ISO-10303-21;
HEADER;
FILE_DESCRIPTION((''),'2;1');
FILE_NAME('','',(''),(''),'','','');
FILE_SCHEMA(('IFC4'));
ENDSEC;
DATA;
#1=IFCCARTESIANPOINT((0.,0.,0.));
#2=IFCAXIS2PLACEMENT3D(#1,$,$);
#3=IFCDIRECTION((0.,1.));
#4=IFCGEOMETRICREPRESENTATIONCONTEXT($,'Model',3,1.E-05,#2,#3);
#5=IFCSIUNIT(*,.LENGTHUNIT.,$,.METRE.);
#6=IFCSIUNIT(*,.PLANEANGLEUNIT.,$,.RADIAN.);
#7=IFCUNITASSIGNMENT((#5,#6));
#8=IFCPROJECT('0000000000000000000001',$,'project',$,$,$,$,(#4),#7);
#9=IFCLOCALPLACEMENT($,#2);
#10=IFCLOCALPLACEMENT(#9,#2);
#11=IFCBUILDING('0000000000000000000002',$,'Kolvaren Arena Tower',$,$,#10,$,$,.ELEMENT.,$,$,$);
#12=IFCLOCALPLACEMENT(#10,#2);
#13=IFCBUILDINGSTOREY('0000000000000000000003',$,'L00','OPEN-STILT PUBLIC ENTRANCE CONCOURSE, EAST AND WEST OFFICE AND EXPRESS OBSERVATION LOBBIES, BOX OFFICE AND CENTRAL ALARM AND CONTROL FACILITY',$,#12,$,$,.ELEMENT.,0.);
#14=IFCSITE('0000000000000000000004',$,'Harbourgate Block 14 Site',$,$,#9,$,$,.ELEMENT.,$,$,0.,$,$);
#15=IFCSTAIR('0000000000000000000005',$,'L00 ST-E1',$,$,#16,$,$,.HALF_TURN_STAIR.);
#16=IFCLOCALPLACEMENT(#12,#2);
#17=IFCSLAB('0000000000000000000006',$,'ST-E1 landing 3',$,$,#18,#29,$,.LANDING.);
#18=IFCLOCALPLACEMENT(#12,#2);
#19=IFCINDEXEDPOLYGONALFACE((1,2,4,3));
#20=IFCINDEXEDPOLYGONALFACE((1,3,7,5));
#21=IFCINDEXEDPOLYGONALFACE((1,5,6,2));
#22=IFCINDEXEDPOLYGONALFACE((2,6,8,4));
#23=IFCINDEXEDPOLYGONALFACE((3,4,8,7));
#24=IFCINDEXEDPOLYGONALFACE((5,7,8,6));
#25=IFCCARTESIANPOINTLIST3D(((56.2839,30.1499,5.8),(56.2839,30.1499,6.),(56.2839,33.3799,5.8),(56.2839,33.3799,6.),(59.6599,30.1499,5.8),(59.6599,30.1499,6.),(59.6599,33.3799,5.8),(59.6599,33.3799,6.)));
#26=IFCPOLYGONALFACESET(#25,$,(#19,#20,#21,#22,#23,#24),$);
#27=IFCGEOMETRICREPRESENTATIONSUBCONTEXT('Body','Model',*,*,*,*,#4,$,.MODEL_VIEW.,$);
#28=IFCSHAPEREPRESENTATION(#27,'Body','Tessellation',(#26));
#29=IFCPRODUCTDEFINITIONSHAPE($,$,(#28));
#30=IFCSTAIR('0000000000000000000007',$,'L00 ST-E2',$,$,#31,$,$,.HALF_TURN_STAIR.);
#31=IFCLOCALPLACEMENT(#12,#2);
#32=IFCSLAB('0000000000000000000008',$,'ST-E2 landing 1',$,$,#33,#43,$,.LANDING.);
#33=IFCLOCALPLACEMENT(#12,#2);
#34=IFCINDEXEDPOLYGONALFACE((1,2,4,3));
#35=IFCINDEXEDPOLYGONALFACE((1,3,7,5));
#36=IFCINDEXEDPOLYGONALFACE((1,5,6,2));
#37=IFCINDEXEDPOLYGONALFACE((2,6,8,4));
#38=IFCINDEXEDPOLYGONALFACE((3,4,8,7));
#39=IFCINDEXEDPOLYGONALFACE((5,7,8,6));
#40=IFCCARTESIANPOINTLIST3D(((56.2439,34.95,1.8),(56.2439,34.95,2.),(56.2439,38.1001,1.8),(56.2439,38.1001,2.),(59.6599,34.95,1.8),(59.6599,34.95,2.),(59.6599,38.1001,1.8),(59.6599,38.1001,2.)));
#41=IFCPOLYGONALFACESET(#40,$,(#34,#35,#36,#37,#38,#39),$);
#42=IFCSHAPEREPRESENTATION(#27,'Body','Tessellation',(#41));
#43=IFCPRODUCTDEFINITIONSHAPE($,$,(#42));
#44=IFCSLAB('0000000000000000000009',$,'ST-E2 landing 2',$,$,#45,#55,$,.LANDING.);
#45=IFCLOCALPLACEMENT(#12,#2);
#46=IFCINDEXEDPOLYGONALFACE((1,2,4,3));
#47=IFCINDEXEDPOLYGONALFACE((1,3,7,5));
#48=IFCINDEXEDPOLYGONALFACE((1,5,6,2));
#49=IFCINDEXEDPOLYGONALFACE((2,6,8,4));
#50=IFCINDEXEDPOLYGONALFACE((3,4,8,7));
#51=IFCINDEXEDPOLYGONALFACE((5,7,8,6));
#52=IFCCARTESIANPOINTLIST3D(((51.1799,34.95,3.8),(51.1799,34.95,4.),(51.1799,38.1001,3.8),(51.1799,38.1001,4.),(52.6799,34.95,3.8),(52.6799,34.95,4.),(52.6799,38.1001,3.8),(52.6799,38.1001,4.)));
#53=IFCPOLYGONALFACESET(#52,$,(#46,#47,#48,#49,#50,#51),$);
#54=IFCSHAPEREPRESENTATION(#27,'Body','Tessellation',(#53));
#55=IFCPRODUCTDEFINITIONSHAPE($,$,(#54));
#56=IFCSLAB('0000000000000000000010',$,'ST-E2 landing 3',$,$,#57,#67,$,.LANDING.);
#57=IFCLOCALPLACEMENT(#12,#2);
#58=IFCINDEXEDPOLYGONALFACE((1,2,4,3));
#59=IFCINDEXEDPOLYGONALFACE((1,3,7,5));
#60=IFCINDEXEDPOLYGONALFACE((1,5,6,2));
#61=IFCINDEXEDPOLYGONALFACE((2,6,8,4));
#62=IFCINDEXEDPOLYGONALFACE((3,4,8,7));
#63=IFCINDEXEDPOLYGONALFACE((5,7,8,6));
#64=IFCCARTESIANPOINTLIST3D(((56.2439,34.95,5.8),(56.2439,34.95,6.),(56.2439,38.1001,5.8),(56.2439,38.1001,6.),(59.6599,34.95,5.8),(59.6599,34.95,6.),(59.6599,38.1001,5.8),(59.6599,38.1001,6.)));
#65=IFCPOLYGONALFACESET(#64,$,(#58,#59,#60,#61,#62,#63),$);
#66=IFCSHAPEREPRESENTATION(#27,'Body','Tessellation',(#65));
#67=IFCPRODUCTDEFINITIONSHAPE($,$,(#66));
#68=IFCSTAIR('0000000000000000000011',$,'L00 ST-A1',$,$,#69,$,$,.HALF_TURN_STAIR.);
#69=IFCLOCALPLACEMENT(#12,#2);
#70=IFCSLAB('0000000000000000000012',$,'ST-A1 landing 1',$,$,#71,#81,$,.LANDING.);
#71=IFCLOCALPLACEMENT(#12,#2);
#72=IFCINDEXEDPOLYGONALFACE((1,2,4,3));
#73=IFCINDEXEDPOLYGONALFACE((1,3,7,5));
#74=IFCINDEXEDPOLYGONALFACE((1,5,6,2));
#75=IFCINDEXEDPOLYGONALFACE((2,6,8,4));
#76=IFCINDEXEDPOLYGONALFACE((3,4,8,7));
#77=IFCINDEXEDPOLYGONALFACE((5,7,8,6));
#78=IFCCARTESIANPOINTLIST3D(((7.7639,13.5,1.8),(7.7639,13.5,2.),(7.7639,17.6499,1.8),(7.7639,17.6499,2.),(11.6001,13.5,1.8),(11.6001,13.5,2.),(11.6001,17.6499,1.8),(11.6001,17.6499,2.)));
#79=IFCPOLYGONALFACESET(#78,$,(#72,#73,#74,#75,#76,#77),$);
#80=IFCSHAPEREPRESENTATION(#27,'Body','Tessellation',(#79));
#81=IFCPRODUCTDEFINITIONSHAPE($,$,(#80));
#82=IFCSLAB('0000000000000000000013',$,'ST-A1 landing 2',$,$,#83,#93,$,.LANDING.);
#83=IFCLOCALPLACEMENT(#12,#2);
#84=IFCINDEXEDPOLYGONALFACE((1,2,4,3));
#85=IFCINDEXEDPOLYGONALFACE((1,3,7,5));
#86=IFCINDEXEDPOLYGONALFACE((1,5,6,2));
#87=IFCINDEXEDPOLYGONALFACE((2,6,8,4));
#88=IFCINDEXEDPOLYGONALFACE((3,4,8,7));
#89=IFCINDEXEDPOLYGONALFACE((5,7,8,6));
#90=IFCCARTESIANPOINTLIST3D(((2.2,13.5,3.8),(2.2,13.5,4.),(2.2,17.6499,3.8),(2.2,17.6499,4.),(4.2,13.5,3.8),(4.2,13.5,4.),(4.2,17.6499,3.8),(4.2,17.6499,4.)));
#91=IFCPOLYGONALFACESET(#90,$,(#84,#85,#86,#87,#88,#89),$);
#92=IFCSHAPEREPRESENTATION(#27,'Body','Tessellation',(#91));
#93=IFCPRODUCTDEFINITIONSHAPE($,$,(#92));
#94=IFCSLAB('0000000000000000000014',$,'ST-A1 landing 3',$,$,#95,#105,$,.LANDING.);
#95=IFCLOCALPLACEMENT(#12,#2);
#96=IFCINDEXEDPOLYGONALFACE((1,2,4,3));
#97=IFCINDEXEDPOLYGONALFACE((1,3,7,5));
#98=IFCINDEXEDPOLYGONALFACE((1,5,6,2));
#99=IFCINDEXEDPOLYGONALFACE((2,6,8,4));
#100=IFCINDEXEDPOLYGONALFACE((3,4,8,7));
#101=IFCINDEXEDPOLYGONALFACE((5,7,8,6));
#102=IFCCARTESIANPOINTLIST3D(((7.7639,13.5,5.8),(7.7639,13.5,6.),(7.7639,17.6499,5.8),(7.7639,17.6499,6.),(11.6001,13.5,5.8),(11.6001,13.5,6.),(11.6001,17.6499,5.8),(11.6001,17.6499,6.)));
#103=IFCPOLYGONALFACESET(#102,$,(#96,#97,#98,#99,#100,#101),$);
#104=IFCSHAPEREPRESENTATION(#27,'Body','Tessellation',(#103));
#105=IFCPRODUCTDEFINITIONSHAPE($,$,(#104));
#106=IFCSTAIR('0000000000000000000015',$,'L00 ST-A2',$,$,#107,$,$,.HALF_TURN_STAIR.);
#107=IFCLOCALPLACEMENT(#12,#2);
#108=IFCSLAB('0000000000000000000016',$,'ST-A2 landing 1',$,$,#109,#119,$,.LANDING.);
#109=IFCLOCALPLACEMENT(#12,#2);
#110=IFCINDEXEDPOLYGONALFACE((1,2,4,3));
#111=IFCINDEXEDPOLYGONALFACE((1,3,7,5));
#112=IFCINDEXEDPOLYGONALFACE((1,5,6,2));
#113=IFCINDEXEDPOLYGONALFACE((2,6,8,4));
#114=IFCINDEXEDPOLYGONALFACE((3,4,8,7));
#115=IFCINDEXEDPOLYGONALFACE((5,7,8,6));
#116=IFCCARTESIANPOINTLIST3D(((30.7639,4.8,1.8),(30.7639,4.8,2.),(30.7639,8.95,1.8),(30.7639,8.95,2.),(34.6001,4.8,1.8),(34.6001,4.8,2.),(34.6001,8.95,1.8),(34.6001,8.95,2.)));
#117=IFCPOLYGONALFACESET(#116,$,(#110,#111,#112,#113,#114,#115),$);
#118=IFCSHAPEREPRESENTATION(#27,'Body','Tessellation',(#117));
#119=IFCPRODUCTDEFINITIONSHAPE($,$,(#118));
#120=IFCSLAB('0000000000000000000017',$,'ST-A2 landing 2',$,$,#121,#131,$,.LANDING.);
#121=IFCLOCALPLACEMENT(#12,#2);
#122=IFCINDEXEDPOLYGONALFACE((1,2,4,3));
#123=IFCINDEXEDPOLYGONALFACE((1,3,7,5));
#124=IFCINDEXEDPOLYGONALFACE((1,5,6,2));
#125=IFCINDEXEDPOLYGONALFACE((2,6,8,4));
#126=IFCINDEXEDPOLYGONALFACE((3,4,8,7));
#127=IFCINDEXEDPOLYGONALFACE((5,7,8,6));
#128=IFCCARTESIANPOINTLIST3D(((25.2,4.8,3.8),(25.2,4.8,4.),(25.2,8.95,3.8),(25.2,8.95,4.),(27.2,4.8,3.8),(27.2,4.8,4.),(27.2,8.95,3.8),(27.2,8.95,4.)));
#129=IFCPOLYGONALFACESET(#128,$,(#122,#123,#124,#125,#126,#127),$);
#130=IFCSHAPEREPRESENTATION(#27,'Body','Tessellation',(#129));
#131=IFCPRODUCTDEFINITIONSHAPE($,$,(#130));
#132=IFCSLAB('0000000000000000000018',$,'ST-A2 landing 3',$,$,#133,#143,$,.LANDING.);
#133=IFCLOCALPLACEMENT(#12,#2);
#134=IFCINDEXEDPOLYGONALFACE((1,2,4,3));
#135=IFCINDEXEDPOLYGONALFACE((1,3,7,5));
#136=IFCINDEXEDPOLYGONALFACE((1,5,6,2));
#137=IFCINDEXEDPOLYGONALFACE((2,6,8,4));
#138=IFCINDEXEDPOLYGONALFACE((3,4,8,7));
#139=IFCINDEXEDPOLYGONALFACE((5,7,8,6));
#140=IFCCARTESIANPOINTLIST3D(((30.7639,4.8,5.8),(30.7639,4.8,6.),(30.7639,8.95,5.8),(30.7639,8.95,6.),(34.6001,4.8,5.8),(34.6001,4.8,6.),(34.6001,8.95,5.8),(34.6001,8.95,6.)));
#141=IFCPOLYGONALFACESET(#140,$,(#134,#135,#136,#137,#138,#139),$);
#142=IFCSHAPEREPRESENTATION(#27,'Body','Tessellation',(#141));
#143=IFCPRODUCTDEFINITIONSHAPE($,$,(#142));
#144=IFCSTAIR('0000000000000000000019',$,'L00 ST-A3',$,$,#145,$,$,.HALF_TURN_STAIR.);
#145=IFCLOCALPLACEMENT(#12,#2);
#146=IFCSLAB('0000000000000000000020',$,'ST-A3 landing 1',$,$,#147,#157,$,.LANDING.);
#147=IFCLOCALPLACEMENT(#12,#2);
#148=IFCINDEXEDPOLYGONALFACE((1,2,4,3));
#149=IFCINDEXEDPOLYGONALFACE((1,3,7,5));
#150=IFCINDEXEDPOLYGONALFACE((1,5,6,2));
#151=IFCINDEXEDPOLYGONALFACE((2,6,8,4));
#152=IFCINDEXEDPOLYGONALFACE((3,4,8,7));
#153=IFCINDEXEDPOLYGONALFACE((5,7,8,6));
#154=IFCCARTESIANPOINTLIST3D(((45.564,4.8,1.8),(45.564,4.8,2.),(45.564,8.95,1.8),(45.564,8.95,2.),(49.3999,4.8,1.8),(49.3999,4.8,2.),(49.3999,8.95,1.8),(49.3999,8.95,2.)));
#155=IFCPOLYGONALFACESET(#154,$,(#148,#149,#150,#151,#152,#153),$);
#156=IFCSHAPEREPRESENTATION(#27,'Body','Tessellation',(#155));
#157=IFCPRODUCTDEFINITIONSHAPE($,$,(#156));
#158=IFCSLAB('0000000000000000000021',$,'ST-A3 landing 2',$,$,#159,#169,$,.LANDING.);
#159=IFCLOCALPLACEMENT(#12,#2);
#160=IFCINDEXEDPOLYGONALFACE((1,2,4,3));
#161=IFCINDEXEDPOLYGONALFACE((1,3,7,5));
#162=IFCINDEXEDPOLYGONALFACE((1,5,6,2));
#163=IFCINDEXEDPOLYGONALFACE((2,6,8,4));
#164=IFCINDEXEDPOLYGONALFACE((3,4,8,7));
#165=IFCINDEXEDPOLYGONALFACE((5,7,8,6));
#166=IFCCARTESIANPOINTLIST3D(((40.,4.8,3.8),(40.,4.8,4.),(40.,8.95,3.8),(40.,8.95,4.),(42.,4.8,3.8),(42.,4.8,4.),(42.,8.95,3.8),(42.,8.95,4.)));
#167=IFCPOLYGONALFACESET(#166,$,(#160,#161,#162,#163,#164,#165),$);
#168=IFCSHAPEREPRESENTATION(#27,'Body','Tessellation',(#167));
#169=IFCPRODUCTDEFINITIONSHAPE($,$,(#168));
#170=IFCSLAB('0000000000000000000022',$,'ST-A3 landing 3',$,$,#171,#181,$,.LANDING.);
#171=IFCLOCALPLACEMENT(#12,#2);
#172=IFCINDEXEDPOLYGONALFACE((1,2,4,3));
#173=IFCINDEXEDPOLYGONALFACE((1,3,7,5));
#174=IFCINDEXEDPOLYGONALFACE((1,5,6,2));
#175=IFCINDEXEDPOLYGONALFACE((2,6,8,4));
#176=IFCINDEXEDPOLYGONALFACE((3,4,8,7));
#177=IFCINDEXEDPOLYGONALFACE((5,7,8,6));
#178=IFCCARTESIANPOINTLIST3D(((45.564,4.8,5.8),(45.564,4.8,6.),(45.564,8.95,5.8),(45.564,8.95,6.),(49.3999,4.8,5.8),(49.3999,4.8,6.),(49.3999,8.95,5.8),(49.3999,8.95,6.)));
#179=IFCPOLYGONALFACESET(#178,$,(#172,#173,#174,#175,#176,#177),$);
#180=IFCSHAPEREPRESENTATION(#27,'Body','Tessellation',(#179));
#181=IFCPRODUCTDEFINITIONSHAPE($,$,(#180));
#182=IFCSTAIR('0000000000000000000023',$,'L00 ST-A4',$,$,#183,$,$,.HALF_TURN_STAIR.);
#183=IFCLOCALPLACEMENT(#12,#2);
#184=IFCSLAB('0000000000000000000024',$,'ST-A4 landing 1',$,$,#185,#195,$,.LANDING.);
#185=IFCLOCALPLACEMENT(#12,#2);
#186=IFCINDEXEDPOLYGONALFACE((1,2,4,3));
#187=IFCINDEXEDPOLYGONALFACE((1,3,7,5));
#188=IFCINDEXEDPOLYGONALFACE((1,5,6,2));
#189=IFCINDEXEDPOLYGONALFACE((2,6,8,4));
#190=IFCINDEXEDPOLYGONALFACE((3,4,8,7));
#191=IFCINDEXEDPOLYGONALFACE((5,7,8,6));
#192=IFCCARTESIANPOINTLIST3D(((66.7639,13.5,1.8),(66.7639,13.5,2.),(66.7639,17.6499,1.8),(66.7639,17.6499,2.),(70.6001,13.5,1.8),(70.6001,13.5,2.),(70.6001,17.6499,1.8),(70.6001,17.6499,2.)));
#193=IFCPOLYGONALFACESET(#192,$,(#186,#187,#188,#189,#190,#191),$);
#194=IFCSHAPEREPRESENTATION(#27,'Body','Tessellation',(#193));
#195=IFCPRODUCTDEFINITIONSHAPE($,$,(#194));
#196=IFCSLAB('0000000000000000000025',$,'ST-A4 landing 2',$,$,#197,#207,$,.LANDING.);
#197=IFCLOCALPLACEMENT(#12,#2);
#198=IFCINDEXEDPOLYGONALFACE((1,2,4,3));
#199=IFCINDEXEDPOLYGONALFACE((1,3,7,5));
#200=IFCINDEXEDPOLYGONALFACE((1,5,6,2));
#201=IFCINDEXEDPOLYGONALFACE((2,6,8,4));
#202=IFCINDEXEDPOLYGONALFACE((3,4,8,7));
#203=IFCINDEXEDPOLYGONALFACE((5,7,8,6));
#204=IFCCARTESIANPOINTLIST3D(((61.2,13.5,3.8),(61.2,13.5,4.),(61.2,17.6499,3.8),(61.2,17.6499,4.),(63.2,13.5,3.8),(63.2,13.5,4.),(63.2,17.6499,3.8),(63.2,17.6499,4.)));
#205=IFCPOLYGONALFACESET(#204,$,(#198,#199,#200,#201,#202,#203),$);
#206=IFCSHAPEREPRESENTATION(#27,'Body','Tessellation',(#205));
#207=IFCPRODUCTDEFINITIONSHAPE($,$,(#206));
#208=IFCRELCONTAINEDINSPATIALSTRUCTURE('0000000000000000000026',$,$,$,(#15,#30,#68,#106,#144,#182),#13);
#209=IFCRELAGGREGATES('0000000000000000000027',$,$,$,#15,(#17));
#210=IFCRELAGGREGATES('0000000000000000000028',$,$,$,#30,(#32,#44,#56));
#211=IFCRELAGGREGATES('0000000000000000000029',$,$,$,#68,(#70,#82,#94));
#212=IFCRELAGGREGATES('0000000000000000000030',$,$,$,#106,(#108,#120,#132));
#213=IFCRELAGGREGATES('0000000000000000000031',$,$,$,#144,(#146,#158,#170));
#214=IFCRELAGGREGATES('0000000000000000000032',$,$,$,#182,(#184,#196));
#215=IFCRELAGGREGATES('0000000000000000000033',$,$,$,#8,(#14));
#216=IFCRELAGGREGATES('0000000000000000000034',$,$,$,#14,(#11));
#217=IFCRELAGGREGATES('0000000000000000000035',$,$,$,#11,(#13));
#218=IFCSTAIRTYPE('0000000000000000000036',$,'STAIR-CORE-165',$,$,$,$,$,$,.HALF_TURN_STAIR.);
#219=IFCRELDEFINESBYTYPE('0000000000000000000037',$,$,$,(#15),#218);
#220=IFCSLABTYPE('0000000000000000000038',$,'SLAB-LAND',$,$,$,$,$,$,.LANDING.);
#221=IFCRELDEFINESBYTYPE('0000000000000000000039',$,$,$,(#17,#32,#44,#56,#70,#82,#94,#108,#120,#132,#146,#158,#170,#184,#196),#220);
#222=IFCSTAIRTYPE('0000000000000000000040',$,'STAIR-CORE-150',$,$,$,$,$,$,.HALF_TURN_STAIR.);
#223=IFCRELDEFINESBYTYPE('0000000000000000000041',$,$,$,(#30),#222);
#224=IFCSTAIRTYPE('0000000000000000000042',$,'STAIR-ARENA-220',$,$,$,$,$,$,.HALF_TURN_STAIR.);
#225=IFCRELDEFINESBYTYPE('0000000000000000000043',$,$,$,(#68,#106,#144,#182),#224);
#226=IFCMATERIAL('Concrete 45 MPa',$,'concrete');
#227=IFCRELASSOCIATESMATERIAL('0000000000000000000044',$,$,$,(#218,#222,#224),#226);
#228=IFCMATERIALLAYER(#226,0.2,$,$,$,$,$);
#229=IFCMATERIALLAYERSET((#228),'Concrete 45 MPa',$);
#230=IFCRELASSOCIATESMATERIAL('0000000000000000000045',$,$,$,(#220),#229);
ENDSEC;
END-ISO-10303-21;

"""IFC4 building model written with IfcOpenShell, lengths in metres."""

from ifc_helpers import new_model, si_unit, direction, frame, origin, place, context, subcontext, project, spatial, polyline, outline, extrude, material, layer, layer_set, type_object, element, aggregate, save


model = new_model("IFC4")

# Units and contexts
model_context = context("Model", 3, precision=1e-05, world=origin(), true_north=direction((0.0, 1.0)))
body_context = subcontext(model_context, "Body", "Model", "MODEL_VIEW")
ifc_project = project(units=[si_unit("LENGTHUNIT", "METRE"), si_unit("PLANEANGLEUNIT", "RADIAN")], contexts=[model_context])

# Site, building, storey
site_placement = place(None, origin())
site = spatial("IfcSite", under=ifc_project, at=site_placement, Name="Harbourgate Block 14 Site", CompositionType="ELEMENT", RefElevation=0.0)
building_placement = place(site_placement, origin())
building = spatial("IfcBuilding", under=site, at=building_placement, Name="Kolvaren Arena Tower", CompositionType="ELEMENT")
storey_placement = place(building_placement, origin())
storey = spatial("IfcBuildingStorey", under=building, at=storey_placement, Name="L00", Description="OPEN-STILT PUBLIC ENTRANCE CONCOURSE, EAST AND WEST OFFICE AND EXPRESS OBSERVATION LOBBIES, BOX OFFICE AND CENTRAL ALARM AND CONTROL FACILITY", CompositionType="ELEMENT", Elevation=0.0)

# Stair, slab
ifc_material = material(Name="Concrete 45 MPa", Category="concrete")
stair_type_1 = type_object("IfcStairType", Name="STAIR-CORE-165", PredefinedType="HALF_TURN_STAIR", material=ifc_material)
stair_1_placement = place(storey_placement, origin())
stair_1 = element("IfcStair", 1, at=stair_1_placement, inside=storey, type_object=stair_type_1, Name="L00 ST-E1", PredefinedType="HALF_TURN_STAIR")
ifc_layer = layer(ifc_material, 0.2)
ifc_layer_set = layer_set([ifc_layer], Name="Concrete 45 MPa")
slab_type = type_object("IfcSlabType", Name="SLAB-LAND", PredefinedType="LANDING", material=ifc_layer_set)
slab_1_placement = place(storey_placement, frame((0.0, 0.0, 5.8)))
slab_1 = element("IfcSlab", 2, at=slab_1_placement, type_object=slab_type, Name="ST-E1 landing 3", PredefinedType="LANDING", context=body_context, shape_type="SweptSolid", body=[
    extrude(outline(polyline([(56.2839, 30.1499), (59.6599, 30.1499), (59.6599, 33.3799), (56.2839, 33.3799), (56.2839, 30.1499)])), origin(), (0.0, 0.0, 1.0), 0.2),
])
aggregate(stair_1, [slab_1])

# Stairs, slabs
stair_type_2 = type_object("IfcStairType", Name="STAIR-CORE-150", PredefinedType="HALF_TURN_STAIR", material=ifc_material)
stair_2_placement = place(storey_placement, origin())
stair_2 = element("IfcStair", 3, at=stair_2_placement, inside=storey, type_object=stair_type_2, Name="L00 ST-E2", PredefinedType="HALF_TURN_STAIR")
slab_2_placement = place(storey_placement, frame((0.0, 0.0, 1.8)))
slab_2 = element("IfcSlab", 4, at=slab_2_placement, type_object=slab_type, Name="ST-E2 landing 1", PredefinedType="LANDING", context=body_context, shape_type="SweptSolid", body=[
    extrude(outline(polyline([(56.2439, 34.95), (59.6599, 34.95), (59.6599, 38.1001), (56.2439, 38.1001), (56.2439, 34.95)])), origin(), (0.0, 0.0, 1.0), 0.2),
])
slab_3_placement = place(storey_placement, frame((0.0, 0.0, 3.8)))
slab_3 = element("IfcSlab", 5, at=slab_3_placement, type_object=slab_type, Name="ST-E2 landing 2", PredefinedType="LANDING", context=body_context, shape_type="SweptSolid", body=[
    extrude(outline(polyline([(51.1799, 34.95), (52.6799, 34.95), (52.6799, 38.1001), (51.1799, 38.1001), (51.1799, 34.95)])), origin(), (0.0, 0.0, 1.0), 0.2),
])
slab_4_placement = place(storey_placement, frame((0.0, 0.0, 5.8)))
slab_4 = element("IfcSlab", 6, at=slab_4_placement, type_object=slab_type, Name="ST-E2 landing 3", PredefinedType="LANDING", context=body_context, shape_type="SweptSolid", body=[
    extrude(outline(polyline([(56.2439, 34.95), (59.6599, 34.95), (59.6599, 38.1001), (56.2439, 38.1001), (56.2439, 34.95)])), origin(), (0.0, 0.0, 1.0), 0.2),
])
aggregate(stair_2, [slab_2, slab_3, slab_4])
stair_type_3 = type_object("IfcStairType", Name="STAIR-ARENA-220", PredefinedType="HALF_TURN_STAIR", material=ifc_material)
stair_3_placement = place(storey_placement, origin())
stair_3 = element("IfcStair", 7, at=stair_3_placement, inside=storey, type_object=stair_type_3, Name="L00 ST-A1", PredefinedType="HALF_TURN_STAIR")
slab_5_placement = place(storey_placement, frame((0.0, 0.0, 1.8)))
slab_5 = element("IfcSlab", 8, at=slab_5_placement, type_object=slab_type, Name="ST-A1 landing 1", PredefinedType="LANDING", context=body_context, shape_type="SweptSolid", body=[
    extrude(outline(polyline([(7.7639, 13.5), (11.6001, 13.5), (11.6001, 17.6499), (7.7639, 17.6499), (7.7639, 13.5)])), origin(), (0.0, 0.0, 1.0), 0.2),
])
slab_6_placement = place(storey_placement, frame((0.0, 0.0, 3.8)))
slab_6 = element("IfcSlab", 9, at=slab_6_placement, type_object=slab_type, Name="ST-A1 landing 2", PredefinedType="LANDING", context=body_context, shape_type="SweptSolid", body=[
    extrude(outline(polyline([(2.2, 13.5), (4.2, 13.5), (4.2, 17.6499), (2.2, 17.6499), (2.2, 13.5)])), origin(), (0.0, 0.0, 1.0), 0.2),
])
slab_7_placement = place(storey_placement, frame((0.0, 0.0, 5.8)))
slab_7 = element("IfcSlab", 10, at=slab_7_placement, type_object=slab_type, Name="ST-A1 landing 3", PredefinedType="LANDING", context=body_context, shape_type="SweptSolid", body=[
    extrude(outline(polyline([(7.7639, 13.5), (11.6001, 13.5), (11.6001, 17.6499), (7.7639, 17.6499), (7.7639, 13.5)])), origin(), (0.0, 0.0, 1.0), 0.2),
])
aggregate(stair_3, [slab_5, slab_6, slab_7])
stair_4_placement = place(storey_placement, origin())
stair_4 = element("IfcStair", 11, at=stair_4_placement, inside=storey, type_object=stair_type_3, Name="L00 ST-A2", PredefinedType="HALF_TURN_STAIR")
slab_8_placement = place(storey_placement, frame((0.0, 0.0, 1.8)))
slab_8 = element("IfcSlab", 12, at=slab_8_placement, type_object=slab_type, Name="ST-A2 landing 1", PredefinedType="LANDING", context=body_context, shape_type="SweptSolid", body=[
    extrude(outline(polyline([(30.7639, 4.8), (34.6001, 4.8), (34.6001, 8.95), (30.7639, 8.95), (30.7639, 4.8)])), origin(), (0.0, 0.0, 1.0), 0.2),
])
slab_9_placement = place(storey_placement, frame((0.0, 0.0, 3.8)))
slab_9 = element("IfcSlab", 13, at=slab_9_placement, type_object=slab_type, Name="ST-A2 landing 2", PredefinedType="LANDING", context=body_context, shape_type="SweptSolid", body=[
    extrude(outline(polyline([(25.2, 4.8), (27.2, 4.8), (27.2, 8.95), (25.2, 8.95), (25.2, 4.8)])), origin(), (0.0, 0.0, 1.0), 0.2),
])
slab_10_placement = place(storey_placement, frame((0.0, 0.0, 5.8)))
slab_10 = element("IfcSlab", 14, at=slab_10_placement, type_object=slab_type, Name="ST-A2 landing 3", PredefinedType="LANDING", context=body_context, shape_type="SweptSolid", body=[
    extrude(outline(polyline([(30.7639, 4.8), (34.6001, 4.8), (34.6001, 8.95), (30.7639, 8.95), (30.7639, 4.8)])), origin(), (0.0, 0.0, 1.0), 0.2),
])
aggregate(stair_4, [slab_8, slab_9, slab_10])
stair_5_placement = place(storey_placement, origin())
stair_5 = element("IfcStair", 15, at=stair_5_placement, inside=storey, type_object=stair_type_3, Name="L00 ST-A3", PredefinedType="HALF_TURN_STAIR")
slab_11_placement = place(storey_placement, frame((0.0, 0.0, 1.8)))
slab_11 = element("IfcSlab", 16, at=slab_11_placement, type_object=slab_type, Name="ST-A3 landing 1", PredefinedType="LANDING", context=body_context, shape_type="SweptSolid", body=[
    extrude(outline(polyline([(45.564, 4.8), (49.3999, 4.8), (49.3999, 8.95), (45.564, 8.95), (45.564, 4.8)])), origin(), (0.0, 0.0, 1.0), 0.2),
])
slab_12_placement = place(storey_placement, frame((0.0, 0.0, 3.8)))
slab_12 = element("IfcSlab", 17, at=slab_12_placement, type_object=slab_type, Name="ST-A3 landing 2", PredefinedType="LANDING", context=body_context, shape_type="SweptSolid", body=[
    extrude(outline(polyline([(40.0, 4.8), (42.0, 4.8), (42.0, 8.95), (40.0, 8.95), (40.0, 4.8)])), origin(), (0.0, 0.0, 1.0), 0.2),
])
slab_13_placement = place(storey_placement, frame((0.0, 0.0, 5.8)))
slab_13 = element("IfcSlab", 18, at=slab_13_placement, type_object=slab_type, Name="ST-A3 landing 3", PredefinedType="LANDING", context=body_context, shape_type="SweptSolid", body=[
    extrude(outline(polyline([(45.564, 4.8), (49.3999, 4.8), (49.3999, 8.95), (45.564, 8.95), (45.564, 4.8)])), origin(), (0.0, 0.0, 1.0), 0.2),
])
aggregate(stair_5, [slab_11, slab_12, slab_13])
stair_6_placement = place(storey_placement, origin())
stair_6 = element("IfcStair", 19, at=stair_6_placement, inside=storey, type_object=stair_type_3, Name="L00 ST-A4", PredefinedType="HALF_TURN_STAIR")
slab_14_placement = place(storey_placement, frame((0.0, 0.0, 1.8)))
slab_14 = element("IfcSlab", 20, at=slab_14_placement, type_object=slab_type, Name="ST-A4 landing 1", PredefinedType="LANDING", context=body_context, shape_type="SweptSolid", body=[
    extrude(outline(polyline([(66.7639, 13.5), (70.6001, 13.5), (70.6001, 17.6499), (66.7639, 17.6499), (66.7639, 13.5)])), origin(), (0.0, 0.0, 1.0), 0.2),
])
slab_15_placement = place(storey_placement, frame((0.0, 0.0, 3.8)))
slab_15 = element("IfcSlab", 21, at=slab_15_placement, type_object=slab_type, Name="ST-A4 landing 2", PredefinedType="LANDING", context=body_context, shape_type="SweptSolid", body=[
    extrude(outline(polyline([(61.2, 13.5), (63.2, 13.5), (63.2, 17.6499), (61.2, 17.6499), (61.2, 13.5)])), origin(), (0.0, 0.0, 1.0), 0.2),
])
aggregate(stair_6, [slab_14, slab_15])

save(model, "model.ifc")
